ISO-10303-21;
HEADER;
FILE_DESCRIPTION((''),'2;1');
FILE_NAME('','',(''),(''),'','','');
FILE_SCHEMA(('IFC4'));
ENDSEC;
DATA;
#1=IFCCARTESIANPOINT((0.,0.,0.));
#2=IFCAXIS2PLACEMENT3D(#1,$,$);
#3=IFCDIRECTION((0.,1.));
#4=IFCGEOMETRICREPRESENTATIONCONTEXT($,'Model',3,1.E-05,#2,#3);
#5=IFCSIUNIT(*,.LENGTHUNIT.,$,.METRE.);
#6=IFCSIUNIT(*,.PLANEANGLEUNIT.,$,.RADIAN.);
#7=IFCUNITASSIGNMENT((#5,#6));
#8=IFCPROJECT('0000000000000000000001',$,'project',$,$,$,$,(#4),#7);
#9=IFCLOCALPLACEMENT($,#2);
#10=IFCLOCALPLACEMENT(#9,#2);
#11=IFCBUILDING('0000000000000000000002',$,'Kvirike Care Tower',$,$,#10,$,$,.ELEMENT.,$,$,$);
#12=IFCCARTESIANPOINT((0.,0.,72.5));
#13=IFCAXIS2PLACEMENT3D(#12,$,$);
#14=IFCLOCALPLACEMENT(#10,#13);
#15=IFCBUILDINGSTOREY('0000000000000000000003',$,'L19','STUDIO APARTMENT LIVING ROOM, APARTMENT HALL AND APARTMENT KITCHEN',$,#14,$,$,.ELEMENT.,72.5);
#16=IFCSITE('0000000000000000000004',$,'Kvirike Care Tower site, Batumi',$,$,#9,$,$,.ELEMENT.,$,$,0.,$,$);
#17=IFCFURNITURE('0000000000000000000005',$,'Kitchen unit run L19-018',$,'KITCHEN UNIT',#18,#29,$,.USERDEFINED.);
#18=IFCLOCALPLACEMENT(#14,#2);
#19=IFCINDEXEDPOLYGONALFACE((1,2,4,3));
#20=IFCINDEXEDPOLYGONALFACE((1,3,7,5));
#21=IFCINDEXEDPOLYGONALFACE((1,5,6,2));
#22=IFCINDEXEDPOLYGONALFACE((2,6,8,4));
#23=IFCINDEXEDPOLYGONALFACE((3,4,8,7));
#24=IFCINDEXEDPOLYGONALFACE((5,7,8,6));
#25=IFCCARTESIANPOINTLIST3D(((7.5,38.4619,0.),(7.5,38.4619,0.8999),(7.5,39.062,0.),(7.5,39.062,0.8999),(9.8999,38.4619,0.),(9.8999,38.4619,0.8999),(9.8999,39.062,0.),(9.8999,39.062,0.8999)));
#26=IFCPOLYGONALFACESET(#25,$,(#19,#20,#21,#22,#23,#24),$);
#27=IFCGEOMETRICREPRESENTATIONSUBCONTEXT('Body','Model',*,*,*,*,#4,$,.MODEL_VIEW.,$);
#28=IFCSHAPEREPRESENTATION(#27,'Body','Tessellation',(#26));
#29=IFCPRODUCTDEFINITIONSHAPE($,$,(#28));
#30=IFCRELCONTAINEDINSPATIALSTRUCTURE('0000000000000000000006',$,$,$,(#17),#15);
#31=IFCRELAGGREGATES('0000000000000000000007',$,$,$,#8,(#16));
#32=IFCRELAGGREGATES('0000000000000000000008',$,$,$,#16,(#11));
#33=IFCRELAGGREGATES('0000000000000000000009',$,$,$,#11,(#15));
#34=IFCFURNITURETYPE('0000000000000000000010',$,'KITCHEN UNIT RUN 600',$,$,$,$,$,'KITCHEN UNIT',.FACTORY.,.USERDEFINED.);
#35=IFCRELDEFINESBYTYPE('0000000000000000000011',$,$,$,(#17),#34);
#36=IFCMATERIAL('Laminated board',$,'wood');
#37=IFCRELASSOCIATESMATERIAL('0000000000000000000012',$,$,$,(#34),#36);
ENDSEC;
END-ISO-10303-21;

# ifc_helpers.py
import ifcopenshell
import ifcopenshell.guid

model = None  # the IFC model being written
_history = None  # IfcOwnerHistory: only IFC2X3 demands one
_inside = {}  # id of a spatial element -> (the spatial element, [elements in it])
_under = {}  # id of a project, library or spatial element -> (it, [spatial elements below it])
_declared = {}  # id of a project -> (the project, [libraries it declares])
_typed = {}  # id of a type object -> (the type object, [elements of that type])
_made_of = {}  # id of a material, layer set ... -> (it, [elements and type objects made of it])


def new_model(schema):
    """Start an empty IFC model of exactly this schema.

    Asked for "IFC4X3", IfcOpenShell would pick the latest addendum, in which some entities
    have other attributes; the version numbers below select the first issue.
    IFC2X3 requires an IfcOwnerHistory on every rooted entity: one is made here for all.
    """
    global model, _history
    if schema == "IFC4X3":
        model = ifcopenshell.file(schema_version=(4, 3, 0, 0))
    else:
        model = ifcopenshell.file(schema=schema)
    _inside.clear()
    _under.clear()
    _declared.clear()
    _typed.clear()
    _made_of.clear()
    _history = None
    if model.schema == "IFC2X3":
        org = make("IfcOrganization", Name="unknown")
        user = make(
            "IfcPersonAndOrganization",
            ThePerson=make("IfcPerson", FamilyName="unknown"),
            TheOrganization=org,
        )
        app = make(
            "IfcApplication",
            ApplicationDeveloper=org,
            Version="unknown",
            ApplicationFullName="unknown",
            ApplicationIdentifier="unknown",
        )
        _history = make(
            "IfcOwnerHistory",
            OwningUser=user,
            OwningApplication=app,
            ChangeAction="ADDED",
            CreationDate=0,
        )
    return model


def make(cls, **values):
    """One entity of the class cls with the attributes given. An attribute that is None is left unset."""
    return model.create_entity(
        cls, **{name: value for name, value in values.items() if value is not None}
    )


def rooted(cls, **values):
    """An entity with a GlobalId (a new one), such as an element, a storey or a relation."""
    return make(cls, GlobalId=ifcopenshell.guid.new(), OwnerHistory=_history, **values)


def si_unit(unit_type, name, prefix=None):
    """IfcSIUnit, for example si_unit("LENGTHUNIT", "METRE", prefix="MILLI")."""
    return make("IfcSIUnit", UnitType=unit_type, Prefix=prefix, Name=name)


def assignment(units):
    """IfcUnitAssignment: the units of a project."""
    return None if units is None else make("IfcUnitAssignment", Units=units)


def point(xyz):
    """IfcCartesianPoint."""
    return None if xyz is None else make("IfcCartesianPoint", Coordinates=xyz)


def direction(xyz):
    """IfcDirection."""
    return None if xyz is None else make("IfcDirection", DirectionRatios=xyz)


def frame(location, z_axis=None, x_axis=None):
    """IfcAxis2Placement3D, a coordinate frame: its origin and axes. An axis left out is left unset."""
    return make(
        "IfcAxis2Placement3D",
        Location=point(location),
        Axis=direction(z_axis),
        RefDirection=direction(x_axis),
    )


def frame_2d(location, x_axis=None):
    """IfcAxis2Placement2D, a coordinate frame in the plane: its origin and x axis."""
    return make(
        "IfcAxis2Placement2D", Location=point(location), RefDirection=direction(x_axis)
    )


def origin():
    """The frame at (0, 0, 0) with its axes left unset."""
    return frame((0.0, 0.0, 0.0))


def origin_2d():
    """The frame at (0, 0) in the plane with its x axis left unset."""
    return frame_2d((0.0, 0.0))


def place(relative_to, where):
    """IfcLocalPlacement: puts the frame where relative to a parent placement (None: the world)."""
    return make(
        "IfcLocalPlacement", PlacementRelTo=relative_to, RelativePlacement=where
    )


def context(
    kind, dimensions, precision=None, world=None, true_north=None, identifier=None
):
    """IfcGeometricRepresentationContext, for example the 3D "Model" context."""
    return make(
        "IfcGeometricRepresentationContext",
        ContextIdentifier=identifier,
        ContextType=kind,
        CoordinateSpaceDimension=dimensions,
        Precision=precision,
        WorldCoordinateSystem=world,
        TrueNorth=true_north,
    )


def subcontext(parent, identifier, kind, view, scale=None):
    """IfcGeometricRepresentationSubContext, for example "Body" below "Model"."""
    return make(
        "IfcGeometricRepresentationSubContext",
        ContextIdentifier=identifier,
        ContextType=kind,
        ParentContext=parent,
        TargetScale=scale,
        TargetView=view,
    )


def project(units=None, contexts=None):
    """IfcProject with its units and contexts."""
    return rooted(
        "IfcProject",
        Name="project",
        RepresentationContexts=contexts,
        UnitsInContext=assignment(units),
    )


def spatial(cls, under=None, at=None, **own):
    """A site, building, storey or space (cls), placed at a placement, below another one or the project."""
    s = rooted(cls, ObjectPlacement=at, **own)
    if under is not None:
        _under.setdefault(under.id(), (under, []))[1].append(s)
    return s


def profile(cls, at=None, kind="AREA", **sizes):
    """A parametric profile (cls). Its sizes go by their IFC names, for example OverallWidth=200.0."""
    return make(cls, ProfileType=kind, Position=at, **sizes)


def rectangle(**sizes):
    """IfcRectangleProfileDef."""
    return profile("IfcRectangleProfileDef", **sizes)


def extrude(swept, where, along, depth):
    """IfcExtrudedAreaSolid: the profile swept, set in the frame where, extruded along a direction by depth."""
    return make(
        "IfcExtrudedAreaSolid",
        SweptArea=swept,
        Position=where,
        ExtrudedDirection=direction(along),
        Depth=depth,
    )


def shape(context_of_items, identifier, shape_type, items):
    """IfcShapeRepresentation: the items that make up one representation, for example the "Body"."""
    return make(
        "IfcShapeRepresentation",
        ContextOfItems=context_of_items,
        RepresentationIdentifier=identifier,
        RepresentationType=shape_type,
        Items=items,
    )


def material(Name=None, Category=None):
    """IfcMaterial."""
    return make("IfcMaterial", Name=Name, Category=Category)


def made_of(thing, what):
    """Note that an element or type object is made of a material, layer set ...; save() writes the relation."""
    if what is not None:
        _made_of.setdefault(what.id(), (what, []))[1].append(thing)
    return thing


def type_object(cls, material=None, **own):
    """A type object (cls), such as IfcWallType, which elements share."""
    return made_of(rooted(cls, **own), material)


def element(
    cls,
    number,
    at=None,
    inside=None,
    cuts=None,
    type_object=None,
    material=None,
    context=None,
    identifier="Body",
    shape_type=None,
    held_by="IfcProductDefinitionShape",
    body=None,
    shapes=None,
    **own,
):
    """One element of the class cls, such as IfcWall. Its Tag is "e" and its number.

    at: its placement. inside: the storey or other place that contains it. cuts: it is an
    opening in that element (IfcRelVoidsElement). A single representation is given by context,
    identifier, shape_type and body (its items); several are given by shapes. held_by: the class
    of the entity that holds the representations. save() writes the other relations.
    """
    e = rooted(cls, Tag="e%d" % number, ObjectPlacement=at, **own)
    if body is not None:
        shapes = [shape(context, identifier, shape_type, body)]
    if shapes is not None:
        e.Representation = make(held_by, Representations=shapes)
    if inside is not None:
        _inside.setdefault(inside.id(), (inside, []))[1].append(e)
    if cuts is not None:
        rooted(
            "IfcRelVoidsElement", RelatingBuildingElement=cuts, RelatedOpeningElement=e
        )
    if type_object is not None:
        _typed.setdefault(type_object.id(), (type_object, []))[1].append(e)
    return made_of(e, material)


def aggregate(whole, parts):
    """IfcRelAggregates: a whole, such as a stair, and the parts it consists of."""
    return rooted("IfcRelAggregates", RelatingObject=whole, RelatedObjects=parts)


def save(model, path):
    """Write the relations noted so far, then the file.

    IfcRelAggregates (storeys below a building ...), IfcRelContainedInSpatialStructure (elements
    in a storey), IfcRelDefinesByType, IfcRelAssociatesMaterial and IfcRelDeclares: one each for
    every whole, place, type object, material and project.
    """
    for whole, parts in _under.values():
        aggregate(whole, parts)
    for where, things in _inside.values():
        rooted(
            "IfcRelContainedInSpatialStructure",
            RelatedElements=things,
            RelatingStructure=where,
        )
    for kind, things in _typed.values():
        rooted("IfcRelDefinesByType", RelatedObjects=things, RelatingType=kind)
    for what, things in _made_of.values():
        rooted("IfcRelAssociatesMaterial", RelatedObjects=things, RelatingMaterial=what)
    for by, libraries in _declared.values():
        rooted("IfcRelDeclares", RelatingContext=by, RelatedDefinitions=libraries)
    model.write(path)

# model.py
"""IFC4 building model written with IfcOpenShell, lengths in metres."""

from ifc_helpers import new_model, si_unit, direction, frame, origin, origin_2d, place, context, subcontext, project, spatial, rectangle, extrude, material, type_object, element, save


model = new_model("IFC4")

# Units and contexts
model_context = context("Model", 3, precision=1e-05, world=origin(), true_north=direction((0.0, 1.0)))
body_context = subcontext(model_context, "Body", "Model", "MODEL_VIEW")
ifc_project = project(units=[si_unit("LENGTHUNIT", "METRE"), si_unit("PLANEANGLEUNIT", "RADIAN")], contexts=[model_context])

# Site, building, storey
site_placement = place(None, origin())
site = spatial("IfcSite", under=ifc_project, at=site_placement, Name="Kvirike Care Tower site, Batumi", CompositionType="ELEMENT", RefElevation=0.0)
building_placement = place(site_placement, origin())
building = spatial("IfcBuilding", under=site, at=building_placement, Name="Kvirike Care Tower", CompositionType="ELEMENT")
storey_placement = place(building_placement, frame((0.0, 0.0, 72.5)))
storey = spatial("IfcBuildingStorey", under=building, at=storey_placement, Name="L19", Description="STUDIO APARTMENT LIVING ROOM, APARTMENT HALL AND APARTMENT KITCHEN", CompositionType="ELEMENT", Elevation=72.5)

# Furniture
ifc_material_1 = material(Name="Laminated board", Category="wood")
furniture_type = type_object("IfcFurnitureType", Name="KITCHEN UNIT RUN 600", ElementType="KITCHEN UNIT", AssemblyPlace="FACTORY", PredefinedType="USERDEFINED", material=ifc_material_1)
furniture_placement = place(storey_placement, frame((8.7, 38.762, 0.0), z_axis=(0.0, 0.0, 1.0), x_axis=(-1.0, 0.0, 0.0)))
element("IfcFurniture", 1, at=furniture_placement, inside=storey, type_object=furniture_type, Name="Kitchen unit run L19-018", ObjectType="KITCHEN UNIT", PredefinedType="USERDEFINED", context=body_context, shape_type="SweptSolid", body=[
    extrude(rectangle(XDim=2.3999, YDim=0.6001, at=origin_2d()), origin(), (0.0, 0.0, 1.0), 0.8999),
])

save(model, "model.ifc")
